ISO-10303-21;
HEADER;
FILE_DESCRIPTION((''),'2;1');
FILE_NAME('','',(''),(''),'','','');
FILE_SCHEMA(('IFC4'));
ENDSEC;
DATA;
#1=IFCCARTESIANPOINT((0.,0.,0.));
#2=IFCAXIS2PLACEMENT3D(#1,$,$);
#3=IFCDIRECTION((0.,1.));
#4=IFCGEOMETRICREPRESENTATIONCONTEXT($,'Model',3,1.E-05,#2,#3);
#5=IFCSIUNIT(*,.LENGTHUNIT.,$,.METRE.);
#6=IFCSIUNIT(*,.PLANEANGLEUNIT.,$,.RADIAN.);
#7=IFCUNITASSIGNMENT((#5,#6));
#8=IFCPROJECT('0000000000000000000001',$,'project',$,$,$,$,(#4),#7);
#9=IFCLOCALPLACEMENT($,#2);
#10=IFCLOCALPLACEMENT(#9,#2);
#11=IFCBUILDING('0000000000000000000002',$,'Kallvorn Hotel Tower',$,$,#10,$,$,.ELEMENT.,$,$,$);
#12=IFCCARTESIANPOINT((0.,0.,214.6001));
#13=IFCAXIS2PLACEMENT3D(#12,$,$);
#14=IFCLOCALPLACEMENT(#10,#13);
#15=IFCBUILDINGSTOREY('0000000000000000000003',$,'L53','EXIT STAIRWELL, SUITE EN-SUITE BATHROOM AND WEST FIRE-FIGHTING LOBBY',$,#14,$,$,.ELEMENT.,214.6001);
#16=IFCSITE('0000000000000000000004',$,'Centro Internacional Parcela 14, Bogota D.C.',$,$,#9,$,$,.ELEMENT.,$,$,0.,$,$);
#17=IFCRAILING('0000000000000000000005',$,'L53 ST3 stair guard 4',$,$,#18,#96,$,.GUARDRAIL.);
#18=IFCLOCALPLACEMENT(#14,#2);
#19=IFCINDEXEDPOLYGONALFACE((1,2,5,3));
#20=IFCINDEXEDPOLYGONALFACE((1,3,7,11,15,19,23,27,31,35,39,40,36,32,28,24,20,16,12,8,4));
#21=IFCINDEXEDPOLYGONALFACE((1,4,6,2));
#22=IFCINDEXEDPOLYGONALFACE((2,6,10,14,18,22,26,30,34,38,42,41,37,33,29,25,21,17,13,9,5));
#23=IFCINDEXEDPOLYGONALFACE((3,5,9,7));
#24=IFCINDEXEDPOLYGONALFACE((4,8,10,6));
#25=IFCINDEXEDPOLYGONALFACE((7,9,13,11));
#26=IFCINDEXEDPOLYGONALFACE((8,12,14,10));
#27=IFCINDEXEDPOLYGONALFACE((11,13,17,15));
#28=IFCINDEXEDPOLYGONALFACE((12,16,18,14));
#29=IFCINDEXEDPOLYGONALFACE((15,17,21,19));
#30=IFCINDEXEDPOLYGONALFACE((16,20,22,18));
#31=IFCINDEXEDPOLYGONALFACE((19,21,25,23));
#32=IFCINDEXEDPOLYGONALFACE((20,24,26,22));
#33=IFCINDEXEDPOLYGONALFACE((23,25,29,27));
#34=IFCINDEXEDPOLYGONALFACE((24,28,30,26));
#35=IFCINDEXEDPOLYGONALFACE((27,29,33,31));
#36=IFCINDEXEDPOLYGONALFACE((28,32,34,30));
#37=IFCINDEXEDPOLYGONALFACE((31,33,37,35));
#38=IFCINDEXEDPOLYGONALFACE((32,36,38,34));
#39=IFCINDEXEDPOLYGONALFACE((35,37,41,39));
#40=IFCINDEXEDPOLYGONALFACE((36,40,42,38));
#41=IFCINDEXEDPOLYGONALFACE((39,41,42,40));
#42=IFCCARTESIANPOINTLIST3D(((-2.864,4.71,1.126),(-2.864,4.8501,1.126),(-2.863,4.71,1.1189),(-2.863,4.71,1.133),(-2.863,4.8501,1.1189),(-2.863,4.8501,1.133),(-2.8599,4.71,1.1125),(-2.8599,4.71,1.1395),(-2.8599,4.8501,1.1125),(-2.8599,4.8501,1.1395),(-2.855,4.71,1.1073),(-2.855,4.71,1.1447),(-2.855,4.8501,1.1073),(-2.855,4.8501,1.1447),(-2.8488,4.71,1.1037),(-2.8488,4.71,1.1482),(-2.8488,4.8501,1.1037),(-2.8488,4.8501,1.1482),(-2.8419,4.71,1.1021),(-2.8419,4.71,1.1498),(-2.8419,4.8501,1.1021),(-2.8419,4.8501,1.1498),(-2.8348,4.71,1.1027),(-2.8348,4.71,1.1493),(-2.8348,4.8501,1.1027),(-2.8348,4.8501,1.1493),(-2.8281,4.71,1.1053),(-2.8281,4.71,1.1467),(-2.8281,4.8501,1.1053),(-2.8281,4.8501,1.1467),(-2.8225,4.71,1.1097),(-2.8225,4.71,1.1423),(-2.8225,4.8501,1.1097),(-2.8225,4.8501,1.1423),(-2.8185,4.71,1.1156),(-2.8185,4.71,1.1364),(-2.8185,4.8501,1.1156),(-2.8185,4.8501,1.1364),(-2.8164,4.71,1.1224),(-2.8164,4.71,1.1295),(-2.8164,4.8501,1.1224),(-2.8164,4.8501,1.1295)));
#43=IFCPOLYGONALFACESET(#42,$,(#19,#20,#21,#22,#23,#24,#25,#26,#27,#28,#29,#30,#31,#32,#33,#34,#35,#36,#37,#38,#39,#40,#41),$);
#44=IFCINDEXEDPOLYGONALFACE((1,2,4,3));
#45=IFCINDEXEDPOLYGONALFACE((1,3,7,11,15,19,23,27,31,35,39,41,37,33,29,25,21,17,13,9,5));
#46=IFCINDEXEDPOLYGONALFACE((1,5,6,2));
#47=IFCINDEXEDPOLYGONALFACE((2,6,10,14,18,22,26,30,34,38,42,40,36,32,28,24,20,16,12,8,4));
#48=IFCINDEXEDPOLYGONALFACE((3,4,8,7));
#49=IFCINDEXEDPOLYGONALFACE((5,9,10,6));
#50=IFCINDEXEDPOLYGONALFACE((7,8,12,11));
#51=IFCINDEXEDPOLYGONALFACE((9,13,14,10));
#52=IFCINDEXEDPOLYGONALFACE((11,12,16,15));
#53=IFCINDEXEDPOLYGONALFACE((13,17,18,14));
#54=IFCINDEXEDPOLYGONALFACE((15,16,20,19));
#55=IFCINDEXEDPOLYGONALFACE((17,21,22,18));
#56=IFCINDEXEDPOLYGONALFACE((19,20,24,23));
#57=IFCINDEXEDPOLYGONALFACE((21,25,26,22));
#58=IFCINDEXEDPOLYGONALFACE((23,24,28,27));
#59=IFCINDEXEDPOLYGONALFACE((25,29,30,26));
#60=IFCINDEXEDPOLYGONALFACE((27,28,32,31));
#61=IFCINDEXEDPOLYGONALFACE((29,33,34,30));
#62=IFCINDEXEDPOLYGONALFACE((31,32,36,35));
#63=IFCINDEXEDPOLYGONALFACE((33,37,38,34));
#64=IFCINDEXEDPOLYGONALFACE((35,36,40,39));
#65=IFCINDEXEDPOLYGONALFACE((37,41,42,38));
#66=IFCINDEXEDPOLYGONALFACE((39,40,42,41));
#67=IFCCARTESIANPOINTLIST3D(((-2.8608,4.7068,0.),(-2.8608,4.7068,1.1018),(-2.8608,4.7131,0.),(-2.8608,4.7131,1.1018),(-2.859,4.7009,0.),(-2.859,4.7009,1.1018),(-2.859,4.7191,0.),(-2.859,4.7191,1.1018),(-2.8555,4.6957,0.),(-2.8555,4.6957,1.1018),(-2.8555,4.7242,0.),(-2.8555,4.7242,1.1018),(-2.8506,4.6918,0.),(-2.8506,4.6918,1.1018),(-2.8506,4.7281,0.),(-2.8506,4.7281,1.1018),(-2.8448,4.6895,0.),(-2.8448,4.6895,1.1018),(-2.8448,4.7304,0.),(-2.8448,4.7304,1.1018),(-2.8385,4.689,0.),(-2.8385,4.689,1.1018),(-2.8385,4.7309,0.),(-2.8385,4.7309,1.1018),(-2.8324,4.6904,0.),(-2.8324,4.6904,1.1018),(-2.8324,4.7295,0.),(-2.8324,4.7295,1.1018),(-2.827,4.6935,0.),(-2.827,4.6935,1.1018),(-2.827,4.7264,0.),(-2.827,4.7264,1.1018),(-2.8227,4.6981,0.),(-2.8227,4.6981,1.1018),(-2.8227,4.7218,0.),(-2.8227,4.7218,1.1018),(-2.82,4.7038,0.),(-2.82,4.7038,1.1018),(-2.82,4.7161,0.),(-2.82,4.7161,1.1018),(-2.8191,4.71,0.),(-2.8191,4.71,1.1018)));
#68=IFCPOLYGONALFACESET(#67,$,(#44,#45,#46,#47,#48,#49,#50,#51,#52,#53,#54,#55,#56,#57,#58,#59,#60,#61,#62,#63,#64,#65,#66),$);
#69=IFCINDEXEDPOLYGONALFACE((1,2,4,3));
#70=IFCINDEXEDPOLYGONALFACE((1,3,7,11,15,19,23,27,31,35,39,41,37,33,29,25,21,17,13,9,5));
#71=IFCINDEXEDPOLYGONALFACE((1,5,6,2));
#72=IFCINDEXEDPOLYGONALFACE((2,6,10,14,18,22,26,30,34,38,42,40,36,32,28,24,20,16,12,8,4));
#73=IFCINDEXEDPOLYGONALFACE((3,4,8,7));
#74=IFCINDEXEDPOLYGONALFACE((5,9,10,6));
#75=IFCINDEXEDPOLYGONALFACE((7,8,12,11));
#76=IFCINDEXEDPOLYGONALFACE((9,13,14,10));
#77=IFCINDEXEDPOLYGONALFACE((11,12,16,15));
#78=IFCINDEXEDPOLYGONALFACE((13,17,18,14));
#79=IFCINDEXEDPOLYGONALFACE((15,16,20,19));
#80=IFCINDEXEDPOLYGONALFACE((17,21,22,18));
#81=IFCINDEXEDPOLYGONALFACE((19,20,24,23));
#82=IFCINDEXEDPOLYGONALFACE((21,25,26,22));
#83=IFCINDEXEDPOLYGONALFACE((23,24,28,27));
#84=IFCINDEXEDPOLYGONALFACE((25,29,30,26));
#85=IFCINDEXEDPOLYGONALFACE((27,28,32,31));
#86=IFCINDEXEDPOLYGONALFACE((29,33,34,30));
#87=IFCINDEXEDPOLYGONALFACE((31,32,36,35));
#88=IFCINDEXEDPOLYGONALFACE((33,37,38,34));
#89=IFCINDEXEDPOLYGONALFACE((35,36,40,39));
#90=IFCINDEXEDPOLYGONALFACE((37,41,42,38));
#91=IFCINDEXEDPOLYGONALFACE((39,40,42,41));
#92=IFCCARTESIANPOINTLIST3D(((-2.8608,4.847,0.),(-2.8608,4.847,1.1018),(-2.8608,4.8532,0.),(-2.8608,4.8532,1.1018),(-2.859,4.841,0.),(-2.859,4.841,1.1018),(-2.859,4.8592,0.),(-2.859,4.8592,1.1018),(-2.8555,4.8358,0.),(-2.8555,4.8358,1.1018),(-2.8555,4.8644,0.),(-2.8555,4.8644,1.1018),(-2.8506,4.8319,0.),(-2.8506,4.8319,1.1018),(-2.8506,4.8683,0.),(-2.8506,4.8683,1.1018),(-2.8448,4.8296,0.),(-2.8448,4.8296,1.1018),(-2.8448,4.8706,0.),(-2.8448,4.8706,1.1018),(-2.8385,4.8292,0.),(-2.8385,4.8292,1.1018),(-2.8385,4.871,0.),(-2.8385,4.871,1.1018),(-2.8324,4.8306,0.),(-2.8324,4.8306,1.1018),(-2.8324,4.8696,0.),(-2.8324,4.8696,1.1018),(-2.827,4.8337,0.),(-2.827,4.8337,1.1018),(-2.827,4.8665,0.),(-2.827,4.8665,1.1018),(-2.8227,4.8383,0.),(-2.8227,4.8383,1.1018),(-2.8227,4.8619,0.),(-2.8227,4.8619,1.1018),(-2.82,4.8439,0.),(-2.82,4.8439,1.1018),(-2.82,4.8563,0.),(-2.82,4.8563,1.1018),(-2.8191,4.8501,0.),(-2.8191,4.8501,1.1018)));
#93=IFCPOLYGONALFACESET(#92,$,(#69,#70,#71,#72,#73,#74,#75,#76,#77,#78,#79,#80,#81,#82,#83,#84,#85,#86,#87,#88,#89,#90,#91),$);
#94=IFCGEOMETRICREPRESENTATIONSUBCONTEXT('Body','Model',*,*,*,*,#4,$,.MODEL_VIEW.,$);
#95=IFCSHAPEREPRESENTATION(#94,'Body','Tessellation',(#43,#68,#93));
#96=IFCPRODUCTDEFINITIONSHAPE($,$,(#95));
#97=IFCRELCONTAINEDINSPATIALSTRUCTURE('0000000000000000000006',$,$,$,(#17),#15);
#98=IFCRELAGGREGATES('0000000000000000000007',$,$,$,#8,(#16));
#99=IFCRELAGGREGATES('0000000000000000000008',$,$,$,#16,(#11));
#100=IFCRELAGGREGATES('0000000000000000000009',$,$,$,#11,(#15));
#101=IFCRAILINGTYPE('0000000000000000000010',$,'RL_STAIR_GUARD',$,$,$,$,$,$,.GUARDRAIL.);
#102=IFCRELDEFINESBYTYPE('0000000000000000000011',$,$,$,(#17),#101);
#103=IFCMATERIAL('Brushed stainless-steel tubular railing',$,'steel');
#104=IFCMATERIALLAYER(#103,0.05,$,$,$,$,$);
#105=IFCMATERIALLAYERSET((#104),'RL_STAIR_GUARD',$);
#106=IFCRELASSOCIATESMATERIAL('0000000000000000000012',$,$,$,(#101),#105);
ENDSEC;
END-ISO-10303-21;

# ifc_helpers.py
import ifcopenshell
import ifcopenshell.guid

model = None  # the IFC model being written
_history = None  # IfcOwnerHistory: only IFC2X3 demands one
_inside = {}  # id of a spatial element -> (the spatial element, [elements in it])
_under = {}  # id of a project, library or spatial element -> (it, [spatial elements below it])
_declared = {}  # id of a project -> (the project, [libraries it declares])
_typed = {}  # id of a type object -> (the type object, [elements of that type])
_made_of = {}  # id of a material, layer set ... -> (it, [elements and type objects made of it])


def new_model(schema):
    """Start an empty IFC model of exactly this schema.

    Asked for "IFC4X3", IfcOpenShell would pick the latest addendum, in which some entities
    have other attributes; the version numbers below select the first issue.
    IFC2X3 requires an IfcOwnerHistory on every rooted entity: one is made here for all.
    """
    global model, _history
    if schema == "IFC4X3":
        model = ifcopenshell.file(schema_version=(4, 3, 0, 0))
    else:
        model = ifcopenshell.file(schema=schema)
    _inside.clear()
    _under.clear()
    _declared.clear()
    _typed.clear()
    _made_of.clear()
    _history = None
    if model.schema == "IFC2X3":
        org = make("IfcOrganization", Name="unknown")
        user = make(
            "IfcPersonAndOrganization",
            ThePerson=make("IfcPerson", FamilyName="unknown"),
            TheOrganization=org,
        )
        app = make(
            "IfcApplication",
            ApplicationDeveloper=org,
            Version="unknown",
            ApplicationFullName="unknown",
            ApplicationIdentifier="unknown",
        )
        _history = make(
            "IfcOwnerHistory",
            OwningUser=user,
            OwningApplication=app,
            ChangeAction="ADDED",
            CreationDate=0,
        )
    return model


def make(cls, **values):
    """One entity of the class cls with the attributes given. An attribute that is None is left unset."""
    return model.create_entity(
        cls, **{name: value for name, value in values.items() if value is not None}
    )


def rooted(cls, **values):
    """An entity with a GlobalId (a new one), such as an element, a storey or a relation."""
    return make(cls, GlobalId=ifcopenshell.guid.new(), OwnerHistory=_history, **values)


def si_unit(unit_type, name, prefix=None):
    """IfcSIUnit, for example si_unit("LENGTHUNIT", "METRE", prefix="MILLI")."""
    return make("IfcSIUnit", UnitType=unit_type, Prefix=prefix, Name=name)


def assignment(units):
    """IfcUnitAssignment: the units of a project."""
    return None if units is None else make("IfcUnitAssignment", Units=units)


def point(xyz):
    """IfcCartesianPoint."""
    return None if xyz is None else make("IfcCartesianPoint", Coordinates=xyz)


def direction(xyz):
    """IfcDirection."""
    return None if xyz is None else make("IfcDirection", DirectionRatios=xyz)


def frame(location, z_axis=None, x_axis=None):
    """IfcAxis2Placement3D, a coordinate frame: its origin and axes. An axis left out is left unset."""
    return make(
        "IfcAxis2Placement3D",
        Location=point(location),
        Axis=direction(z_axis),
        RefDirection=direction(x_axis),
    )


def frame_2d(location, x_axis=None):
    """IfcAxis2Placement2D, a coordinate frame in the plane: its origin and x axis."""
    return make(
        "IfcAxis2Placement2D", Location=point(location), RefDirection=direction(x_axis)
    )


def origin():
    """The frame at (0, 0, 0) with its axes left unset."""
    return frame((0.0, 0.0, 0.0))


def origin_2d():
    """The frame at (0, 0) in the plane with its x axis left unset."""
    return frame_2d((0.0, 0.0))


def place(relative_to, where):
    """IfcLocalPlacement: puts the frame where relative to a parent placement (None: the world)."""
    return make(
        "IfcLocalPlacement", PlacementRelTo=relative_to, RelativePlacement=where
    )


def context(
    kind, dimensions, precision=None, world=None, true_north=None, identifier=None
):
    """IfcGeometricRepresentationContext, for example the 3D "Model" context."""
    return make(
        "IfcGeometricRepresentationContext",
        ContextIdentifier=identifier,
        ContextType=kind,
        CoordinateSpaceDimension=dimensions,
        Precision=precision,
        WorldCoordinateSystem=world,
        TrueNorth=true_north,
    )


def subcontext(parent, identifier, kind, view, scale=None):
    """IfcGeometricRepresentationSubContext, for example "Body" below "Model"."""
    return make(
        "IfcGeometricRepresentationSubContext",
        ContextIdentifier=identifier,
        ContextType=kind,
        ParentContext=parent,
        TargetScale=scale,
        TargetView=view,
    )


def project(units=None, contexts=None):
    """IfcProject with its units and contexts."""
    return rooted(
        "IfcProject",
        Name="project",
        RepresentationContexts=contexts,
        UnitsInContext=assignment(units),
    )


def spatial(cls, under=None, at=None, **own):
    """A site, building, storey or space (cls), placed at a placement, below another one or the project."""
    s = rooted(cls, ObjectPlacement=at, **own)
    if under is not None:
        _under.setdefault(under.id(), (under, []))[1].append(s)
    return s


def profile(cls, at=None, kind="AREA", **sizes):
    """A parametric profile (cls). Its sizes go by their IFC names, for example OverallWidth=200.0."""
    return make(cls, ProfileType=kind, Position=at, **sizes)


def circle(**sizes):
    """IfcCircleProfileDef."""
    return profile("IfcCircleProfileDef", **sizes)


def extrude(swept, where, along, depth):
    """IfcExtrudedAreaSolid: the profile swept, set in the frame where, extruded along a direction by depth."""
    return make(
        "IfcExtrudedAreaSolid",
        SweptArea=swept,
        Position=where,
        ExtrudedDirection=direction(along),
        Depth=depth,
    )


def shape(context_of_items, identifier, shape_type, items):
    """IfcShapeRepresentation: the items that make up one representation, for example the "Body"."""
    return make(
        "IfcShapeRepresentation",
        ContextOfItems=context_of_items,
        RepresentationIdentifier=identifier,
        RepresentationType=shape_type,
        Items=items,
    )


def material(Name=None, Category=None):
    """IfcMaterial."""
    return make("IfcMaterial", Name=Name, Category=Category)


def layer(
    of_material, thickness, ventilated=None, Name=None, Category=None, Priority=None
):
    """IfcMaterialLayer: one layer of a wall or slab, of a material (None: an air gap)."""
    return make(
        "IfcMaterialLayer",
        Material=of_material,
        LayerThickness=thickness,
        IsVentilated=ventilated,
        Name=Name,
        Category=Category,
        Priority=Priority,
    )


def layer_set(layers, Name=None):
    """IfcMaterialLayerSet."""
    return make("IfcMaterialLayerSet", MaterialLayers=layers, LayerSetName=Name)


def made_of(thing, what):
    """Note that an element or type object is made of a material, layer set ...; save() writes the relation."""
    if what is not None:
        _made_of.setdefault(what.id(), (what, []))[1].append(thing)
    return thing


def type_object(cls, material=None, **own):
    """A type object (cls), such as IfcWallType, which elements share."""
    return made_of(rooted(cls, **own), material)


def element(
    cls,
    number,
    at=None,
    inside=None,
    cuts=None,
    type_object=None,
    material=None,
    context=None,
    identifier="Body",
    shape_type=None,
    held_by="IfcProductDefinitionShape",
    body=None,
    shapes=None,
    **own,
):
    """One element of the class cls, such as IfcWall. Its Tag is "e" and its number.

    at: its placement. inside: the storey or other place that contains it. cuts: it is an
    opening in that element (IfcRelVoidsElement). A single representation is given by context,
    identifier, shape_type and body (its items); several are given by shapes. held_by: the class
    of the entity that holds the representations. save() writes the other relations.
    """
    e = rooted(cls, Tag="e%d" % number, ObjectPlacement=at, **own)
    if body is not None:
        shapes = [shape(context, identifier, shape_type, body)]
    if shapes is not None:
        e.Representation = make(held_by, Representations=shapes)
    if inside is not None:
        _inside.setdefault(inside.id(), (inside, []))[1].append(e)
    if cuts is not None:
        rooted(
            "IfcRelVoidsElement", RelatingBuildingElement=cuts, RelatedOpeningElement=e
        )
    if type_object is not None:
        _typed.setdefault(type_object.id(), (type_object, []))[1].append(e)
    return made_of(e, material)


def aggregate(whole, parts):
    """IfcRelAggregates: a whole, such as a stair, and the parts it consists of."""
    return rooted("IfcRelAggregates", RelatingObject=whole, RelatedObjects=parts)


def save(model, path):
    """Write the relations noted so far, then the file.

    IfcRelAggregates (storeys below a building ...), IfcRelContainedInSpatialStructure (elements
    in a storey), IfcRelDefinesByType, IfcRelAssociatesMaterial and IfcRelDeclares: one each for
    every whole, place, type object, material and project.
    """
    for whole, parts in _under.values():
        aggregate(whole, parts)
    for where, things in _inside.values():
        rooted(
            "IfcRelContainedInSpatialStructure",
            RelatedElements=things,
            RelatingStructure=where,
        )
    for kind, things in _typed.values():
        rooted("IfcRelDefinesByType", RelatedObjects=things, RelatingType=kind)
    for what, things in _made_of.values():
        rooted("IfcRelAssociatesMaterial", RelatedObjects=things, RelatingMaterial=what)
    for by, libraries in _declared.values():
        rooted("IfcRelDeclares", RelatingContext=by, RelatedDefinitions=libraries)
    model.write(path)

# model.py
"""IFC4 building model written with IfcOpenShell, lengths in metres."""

from ifc_helpers import new_model, si_unit, direction, frame, origin, origin_2d, place, context, subcontext, project, spatial, circle, extrude, material, layer, layer_set, type_object, element, save


model = new_model("IFC4")

# Units and contexts
model_context = context("Model", 3, precision=1e-05, world=origin(), true_north=direction((0.0, 1.0)))
body_context = subcontext(model_context, "Body", "Model", "MODEL_VIEW")
ifc_project = project(units=[si_unit("LENGTHUNIT", "METRE"), si_unit("PLANEANGLEUNIT", "RADIAN")], contexts=[model_context])

# Site, building, storey
site_placement = place(None, origin())
site = spatial("IfcSite", under=ifc_project, at=site_placement, Name="Centro Internacional Parcela 14, Bogota D.C.", CompositionType="ELEMENT", RefElevation=0.0)
building_placement = place(site_placement, origin())
building = spatial("IfcBuilding", under=site, at=building_placement, Name="Kallvorn Hotel Tower", CompositionType="ELEMENT")
storey_placement = place(building_placement, frame((0.0, 0.0, 214.6001)))
storey = spatial("IfcBuildingStorey", under=building, at=storey_placement, Name="L53", Description="EXIT STAIRWELL, SUITE EN-SUITE BATHROOM AND WEST FIRE-FIGHTING LOBBY", CompositionType="ELEMENT", Elevation=214.6001)

# Railing
ifc_material_1 = material(Name="Brushed stainless-steel tubular railing", Category="steel")
ifc_layer_1 = layer(ifc_material_1, 0.05)
ifc_layer_set_1 = layer_set([ifc_layer_1], Name="RL_STAIR_GUARD")
railing_type_1 = type_object("IfcRailingType", Name="RL_STAIR_GUARD", PredefinedType="GUARDRAIL", material=ifc_layer_set_1)
railing_1_placement = place(storey_placement, frame((-2.8401, 4.71, 0.0)))
element("IfcRailing", 1, at=railing_1_placement, inside=storey, type_object=railing_type_1, Name="L53 ST3 stair guard 4", PredefinedType="GUARDRAIL", context=body_context, shape_type="SweptSolid", body=[
    extrude(circle(Radius=0.0239, at=origin_2d()), frame((0.0, 0.0, 1.126), z_axis=(0.0, 1.0, 0.0), x_axis=(-1.0, 0.0, 0.0)), (0.0, 0.0, 1.0), 0.1401),
    extrude(circle(Radius=0.021, at=origin_2d()), origin(), (0.0, 0.0, 1.0), 1.1018),
    extrude(circle(Radius=0.021, at=origin_2d()), frame((0.0, 0.1401, 0.0)), (0.0, 0.0, 1.0), 1.1018),
])

save(model, "model.ifc")
